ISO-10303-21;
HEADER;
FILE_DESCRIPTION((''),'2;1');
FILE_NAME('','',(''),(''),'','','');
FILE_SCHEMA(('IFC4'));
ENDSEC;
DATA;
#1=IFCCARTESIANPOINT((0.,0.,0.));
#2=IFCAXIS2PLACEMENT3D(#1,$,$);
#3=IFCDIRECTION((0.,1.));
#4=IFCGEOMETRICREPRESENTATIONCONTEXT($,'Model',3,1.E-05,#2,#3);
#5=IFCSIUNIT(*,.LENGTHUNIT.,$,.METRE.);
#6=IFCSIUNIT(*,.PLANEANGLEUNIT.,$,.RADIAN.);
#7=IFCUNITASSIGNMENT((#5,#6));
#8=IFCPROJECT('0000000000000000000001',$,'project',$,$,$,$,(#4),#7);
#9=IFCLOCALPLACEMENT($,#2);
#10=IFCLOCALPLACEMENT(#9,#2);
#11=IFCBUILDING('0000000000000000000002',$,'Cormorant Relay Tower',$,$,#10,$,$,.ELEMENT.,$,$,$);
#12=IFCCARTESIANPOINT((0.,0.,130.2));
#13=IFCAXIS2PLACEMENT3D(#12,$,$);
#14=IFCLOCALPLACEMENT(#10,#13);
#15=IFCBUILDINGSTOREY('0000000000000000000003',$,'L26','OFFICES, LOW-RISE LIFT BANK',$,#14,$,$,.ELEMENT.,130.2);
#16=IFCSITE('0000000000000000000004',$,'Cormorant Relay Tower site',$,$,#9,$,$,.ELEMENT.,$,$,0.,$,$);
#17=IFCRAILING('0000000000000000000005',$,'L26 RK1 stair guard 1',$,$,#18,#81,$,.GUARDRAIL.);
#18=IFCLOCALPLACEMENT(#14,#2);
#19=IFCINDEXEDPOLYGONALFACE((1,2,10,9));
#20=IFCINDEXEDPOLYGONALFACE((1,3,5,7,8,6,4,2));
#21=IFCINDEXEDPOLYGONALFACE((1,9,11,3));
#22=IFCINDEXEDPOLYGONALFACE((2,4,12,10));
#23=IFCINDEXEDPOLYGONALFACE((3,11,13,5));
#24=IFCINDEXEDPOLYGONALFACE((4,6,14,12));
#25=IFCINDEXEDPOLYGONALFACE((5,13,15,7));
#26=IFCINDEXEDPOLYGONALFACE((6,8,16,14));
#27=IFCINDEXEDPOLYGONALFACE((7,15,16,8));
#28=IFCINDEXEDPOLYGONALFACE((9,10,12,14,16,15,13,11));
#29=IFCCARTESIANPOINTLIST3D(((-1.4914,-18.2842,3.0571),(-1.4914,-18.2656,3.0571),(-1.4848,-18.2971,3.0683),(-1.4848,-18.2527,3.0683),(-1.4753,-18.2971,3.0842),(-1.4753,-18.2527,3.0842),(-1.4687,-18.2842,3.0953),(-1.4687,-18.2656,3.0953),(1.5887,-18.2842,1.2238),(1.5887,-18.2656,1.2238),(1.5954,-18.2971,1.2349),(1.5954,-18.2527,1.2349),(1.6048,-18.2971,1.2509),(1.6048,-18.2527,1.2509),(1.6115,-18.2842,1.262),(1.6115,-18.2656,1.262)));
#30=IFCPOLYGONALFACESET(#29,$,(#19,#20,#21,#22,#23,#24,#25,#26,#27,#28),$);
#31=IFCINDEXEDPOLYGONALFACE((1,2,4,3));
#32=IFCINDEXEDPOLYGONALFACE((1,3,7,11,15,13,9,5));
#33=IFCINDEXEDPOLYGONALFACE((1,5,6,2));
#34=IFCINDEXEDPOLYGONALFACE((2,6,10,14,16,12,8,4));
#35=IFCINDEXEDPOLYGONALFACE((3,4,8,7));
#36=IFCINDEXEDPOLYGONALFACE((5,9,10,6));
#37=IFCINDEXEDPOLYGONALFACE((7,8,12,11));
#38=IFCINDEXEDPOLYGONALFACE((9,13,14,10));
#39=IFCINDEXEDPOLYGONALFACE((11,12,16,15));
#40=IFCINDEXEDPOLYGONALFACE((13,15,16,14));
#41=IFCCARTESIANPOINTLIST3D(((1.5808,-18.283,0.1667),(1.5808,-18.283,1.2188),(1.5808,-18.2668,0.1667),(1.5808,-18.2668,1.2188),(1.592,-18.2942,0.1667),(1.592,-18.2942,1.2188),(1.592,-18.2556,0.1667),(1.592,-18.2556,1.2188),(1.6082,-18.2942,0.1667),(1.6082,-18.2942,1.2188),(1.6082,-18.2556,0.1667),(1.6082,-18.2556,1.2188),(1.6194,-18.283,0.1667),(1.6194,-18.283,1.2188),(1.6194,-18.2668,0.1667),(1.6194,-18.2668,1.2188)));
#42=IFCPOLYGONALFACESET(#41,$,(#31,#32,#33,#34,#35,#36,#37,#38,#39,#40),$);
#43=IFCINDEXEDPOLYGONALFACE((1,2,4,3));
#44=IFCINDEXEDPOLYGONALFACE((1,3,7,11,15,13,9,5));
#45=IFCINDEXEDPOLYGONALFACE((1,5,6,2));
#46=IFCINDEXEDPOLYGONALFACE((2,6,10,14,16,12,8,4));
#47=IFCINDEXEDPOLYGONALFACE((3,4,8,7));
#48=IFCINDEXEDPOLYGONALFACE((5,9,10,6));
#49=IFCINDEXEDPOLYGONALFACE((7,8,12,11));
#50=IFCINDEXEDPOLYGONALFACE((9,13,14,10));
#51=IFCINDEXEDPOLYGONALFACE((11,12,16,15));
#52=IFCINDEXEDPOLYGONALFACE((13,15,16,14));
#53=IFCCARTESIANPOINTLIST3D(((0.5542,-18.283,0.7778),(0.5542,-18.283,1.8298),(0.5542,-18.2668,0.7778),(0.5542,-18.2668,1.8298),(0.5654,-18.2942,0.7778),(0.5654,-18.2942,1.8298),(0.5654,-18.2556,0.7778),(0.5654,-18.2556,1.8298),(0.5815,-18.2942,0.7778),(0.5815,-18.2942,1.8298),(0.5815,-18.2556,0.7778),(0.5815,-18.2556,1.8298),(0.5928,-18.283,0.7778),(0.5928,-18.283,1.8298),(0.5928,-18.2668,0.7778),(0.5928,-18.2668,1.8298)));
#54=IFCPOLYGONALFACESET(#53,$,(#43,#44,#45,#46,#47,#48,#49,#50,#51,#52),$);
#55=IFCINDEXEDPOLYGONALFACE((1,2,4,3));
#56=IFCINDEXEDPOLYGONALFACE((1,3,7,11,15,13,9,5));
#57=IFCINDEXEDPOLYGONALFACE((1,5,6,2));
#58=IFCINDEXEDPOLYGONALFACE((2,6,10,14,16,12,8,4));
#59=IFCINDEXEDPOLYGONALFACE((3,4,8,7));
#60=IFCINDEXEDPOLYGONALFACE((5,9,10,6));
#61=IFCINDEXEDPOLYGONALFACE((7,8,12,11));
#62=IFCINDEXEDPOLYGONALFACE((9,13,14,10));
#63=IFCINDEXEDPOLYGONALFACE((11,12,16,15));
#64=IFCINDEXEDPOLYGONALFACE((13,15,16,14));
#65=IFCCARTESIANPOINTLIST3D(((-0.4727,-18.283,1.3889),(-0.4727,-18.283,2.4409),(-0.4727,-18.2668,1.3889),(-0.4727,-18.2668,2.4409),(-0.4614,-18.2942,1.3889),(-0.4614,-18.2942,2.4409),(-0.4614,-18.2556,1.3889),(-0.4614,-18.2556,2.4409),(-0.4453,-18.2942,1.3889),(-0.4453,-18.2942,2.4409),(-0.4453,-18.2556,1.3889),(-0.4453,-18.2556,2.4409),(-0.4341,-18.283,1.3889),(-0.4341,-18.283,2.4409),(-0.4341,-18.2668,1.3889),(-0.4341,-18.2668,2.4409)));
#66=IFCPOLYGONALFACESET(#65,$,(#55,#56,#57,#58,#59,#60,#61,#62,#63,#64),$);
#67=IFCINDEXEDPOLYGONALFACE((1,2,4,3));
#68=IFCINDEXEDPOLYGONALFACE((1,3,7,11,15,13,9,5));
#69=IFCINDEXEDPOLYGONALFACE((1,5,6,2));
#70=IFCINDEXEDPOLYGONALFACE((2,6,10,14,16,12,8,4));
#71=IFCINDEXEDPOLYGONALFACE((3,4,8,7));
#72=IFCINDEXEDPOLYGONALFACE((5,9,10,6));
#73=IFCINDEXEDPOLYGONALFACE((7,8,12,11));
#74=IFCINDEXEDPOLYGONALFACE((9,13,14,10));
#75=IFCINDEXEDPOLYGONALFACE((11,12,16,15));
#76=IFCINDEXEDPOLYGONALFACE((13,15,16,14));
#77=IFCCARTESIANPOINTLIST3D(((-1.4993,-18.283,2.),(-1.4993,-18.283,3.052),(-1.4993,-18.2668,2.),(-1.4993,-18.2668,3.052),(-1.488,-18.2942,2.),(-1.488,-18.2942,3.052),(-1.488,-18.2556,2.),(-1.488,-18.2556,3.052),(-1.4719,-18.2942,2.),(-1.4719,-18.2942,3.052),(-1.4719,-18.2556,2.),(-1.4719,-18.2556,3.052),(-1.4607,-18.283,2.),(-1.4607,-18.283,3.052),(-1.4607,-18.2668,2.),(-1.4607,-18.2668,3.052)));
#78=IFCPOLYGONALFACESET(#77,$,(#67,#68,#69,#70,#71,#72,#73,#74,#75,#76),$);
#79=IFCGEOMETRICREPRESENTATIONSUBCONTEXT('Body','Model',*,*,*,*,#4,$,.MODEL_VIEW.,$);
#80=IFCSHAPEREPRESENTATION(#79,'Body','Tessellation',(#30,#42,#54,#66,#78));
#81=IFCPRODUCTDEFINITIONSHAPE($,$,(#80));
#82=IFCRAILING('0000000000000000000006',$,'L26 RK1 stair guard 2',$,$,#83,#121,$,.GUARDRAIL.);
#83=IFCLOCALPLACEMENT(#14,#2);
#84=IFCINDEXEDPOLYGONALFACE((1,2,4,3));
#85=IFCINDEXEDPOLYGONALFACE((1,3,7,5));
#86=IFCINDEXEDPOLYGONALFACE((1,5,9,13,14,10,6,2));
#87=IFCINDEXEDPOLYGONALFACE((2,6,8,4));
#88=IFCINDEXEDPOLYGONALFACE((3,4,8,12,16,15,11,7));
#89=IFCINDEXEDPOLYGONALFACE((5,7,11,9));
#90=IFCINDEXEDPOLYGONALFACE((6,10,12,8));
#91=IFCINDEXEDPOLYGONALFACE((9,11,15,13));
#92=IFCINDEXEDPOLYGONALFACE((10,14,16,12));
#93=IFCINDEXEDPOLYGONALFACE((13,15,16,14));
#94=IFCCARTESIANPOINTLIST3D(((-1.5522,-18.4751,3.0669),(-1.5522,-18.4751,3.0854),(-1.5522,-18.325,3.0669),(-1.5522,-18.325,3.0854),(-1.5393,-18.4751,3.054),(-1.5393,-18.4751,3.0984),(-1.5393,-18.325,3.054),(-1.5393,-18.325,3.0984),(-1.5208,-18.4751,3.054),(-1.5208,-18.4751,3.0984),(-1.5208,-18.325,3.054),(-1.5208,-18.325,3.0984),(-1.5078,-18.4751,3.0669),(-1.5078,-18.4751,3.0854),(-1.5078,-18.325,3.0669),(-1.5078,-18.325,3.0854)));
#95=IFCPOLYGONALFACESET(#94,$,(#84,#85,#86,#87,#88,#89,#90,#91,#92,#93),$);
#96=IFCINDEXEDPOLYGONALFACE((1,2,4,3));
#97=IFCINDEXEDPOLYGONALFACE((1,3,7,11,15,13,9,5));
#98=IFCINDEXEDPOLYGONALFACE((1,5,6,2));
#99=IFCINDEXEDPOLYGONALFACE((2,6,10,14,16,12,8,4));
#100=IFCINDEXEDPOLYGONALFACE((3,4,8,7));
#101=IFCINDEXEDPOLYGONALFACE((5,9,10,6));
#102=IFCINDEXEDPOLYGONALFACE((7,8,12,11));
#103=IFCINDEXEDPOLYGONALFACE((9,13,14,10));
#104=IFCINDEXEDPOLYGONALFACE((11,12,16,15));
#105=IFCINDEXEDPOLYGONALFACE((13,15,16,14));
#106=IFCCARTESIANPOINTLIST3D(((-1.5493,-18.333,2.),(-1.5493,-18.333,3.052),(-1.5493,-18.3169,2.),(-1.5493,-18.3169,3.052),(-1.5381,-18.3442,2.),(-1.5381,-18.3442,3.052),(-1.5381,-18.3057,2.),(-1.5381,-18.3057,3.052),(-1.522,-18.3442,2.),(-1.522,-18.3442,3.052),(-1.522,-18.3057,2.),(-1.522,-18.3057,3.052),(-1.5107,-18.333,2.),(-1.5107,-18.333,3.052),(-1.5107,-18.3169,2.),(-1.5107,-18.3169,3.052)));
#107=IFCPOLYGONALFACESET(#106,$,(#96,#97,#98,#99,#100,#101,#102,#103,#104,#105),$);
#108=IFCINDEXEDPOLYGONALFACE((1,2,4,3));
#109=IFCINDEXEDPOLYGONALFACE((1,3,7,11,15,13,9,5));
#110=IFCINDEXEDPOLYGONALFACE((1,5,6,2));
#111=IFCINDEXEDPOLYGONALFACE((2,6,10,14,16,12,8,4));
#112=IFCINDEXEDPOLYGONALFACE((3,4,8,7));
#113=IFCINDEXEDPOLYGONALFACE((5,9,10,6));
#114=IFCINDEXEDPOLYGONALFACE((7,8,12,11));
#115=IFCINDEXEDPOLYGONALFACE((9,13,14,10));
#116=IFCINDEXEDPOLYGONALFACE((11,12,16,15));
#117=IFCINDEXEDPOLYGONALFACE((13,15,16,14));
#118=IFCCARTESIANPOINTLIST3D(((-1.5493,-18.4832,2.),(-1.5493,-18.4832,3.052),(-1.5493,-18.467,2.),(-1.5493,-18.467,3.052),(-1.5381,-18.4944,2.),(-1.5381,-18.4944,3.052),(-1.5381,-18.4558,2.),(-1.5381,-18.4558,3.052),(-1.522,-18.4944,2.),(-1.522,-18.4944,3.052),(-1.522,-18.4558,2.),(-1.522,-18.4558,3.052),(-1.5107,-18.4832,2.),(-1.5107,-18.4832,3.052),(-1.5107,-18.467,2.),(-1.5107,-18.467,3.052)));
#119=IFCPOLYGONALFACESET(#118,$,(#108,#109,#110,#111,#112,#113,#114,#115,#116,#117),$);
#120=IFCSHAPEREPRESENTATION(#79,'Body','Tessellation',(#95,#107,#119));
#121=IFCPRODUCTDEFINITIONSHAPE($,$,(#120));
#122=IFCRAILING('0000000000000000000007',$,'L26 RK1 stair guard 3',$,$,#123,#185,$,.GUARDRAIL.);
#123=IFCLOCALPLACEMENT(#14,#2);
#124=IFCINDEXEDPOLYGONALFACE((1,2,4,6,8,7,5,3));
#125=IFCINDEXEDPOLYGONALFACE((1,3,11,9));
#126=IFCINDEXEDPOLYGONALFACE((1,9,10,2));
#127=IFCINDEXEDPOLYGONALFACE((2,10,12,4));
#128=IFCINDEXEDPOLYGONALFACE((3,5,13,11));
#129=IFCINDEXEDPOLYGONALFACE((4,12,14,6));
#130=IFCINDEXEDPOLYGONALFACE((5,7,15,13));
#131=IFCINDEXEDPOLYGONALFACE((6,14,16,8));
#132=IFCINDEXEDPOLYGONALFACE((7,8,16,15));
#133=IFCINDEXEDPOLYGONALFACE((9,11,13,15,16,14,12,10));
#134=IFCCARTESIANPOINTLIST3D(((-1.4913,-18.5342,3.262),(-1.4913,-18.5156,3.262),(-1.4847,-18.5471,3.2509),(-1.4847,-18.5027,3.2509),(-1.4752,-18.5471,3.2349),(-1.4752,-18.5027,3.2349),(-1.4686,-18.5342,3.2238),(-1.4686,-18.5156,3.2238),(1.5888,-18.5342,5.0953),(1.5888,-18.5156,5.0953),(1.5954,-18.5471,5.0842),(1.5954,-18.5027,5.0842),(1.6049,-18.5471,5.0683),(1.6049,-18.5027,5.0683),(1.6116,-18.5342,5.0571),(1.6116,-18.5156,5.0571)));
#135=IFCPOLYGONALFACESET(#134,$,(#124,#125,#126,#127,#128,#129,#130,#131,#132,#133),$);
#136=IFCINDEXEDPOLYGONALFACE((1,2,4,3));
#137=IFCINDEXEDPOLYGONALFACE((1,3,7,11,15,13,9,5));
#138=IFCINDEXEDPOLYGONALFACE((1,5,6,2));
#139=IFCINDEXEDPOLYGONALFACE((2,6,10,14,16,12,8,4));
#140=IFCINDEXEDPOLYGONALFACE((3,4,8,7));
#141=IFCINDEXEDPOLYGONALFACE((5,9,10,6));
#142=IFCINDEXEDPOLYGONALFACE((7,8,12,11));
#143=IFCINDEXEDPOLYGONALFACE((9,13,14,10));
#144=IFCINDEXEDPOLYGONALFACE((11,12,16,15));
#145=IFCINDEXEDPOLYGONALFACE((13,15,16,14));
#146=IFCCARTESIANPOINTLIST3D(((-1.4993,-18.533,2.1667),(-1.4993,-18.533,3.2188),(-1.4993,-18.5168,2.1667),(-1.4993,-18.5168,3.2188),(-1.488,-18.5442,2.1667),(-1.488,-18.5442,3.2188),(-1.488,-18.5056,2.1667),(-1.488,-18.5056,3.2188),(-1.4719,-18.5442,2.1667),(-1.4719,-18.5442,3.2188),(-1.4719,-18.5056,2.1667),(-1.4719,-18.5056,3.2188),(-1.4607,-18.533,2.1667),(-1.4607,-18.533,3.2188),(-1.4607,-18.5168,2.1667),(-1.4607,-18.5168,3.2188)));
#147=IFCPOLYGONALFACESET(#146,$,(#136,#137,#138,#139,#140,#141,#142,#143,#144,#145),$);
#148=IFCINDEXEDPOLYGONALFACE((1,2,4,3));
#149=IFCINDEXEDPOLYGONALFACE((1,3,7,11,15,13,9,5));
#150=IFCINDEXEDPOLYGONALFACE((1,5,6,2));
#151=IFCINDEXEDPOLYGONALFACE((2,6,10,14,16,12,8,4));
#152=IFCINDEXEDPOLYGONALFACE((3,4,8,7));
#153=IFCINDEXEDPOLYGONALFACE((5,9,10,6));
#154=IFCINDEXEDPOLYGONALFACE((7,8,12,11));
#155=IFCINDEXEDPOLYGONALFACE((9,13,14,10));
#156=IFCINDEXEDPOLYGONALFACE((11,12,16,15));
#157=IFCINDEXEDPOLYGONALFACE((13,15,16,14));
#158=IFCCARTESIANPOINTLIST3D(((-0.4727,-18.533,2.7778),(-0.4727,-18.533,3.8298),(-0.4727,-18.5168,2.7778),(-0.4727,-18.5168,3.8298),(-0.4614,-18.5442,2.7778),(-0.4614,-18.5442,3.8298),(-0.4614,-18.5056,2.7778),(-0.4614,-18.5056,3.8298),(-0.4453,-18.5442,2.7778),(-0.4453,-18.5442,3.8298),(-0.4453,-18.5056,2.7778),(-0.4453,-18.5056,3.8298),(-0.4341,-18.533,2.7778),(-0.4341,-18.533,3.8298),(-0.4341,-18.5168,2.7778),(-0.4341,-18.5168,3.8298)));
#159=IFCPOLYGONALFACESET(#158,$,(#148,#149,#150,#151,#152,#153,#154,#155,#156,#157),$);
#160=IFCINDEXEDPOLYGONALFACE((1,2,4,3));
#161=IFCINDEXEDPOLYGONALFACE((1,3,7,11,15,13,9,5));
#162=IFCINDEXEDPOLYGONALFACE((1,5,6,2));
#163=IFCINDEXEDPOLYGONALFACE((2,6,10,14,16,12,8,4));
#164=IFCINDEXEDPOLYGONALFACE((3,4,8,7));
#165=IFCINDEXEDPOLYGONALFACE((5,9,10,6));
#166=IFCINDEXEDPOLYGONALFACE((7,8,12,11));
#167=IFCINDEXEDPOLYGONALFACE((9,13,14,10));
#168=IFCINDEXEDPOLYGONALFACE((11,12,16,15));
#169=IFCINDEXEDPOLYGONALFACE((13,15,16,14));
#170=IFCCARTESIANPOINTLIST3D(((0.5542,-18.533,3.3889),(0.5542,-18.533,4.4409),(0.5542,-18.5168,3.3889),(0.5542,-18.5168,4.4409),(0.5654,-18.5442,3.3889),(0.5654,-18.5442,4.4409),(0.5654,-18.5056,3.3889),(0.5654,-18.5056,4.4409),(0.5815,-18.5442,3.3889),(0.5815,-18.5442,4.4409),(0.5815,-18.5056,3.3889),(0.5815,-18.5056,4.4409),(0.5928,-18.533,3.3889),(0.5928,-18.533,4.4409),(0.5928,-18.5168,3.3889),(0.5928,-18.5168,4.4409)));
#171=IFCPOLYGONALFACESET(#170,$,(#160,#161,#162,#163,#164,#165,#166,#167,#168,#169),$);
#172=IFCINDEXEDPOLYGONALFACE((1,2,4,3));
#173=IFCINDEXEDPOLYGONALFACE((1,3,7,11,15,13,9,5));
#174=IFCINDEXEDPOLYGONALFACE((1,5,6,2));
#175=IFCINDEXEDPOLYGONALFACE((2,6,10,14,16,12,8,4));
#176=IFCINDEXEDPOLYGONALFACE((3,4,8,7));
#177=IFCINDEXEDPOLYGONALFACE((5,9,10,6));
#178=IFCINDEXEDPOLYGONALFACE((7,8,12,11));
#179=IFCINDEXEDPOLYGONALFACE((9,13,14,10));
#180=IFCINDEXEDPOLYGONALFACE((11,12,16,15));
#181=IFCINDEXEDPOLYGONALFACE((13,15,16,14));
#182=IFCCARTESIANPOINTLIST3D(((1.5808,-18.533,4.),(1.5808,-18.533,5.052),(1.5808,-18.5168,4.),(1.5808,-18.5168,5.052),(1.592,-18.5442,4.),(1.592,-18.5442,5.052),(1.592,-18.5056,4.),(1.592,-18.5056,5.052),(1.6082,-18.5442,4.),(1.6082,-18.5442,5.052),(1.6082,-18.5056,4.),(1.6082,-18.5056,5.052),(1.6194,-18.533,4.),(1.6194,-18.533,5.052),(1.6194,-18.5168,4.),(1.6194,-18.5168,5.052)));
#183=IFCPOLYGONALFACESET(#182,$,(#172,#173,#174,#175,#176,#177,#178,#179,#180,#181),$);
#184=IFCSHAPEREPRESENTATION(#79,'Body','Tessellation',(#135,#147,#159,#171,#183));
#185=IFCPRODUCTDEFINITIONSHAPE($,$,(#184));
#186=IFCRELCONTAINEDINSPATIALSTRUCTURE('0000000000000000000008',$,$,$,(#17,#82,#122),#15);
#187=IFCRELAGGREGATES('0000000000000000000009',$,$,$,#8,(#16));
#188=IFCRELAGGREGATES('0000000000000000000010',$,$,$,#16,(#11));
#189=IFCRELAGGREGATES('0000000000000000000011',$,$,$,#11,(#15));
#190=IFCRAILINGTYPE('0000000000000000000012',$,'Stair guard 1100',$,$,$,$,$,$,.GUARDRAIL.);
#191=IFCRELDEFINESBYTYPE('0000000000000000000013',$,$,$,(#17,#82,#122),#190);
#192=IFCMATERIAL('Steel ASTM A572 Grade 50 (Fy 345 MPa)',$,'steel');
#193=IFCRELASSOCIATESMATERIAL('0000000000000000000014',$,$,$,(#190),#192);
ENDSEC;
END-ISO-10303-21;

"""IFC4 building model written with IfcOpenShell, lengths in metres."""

from ifc_helpers import new_model, si_unit, direction, frame, origin, place, context, subcontext, project, spatial, polyline, outline, extrude, material, type_object, element, save


model = new_model("IFC4")

# Units and contexts
model_context = context("Model", 3, precision=1e-05, world=origin(), true_north=direction((0.0, 1.0)))
body_context = subcontext(model_context, "Body", "Model", "MODEL_VIEW")
ifc_project = project(units=[si_unit("LENGTHUNIT", "METRE"), si_unit("PLANEANGLEUNIT", "RADIAN")], contexts=[model_context])

# Site, building, storey
site_placement = place(None, origin())
site = spatial("IfcSite", under=ifc_project, at=site_placement, Name="Cormorant Relay Tower site", CompositionType="ELEMENT", RefElevation=0.0)
building_placement = place(site_placement, origin())
building = spatial("IfcBuilding", under=site, at=building_placement, Name="Cormorant Relay Tower", CompositionType="ELEMENT")
storey_placement = place(building_placement, frame((0.0, 0.0, 130.2)))
storey = spatial("IfcBuildingStorey", under=building, at=storey_placement, Name="L26", Description="OFFICES, LOW-RISE LIFT BANK", CompositionType="ELEMENT", Elevation=130.2)

# Railings
ifc_material_1 = material(Name="Steel ASTM A572 Grade 50 (Fy 345 MPa)", Category="steel")
railing_type_1 = type_object("IfcRailingType", Name="Stair guard 1100", PredefinedType="GUARDRAIL", material=ifc_material_1)
railing_1_placement = place(storey_placement, frame((1.6001, -18.2749, 0.1667)))
element("IfcRailing", 1, at=railing_1_placement, inside=storey, type_object=railing_type_1, Name="L26 RK1 stair guard 1", PredefinedType="GUARDRAIL", context=body_context, shape_type="SweptSolid", body=[
    extrude(outline(polyline([(0.0222, 0.0093), (0.0093, 0.0222), (-0.0093, 0.0222), (-0.0222, 0.0093), (-0.0222, -0.0093), (-0.0093, -0.0222), (0.0093, -0.0222), (0.0222, -0.0093), (0.0222, 0.0093)])), frame((0.0, 0.0, 1.0762), z_axis=(-0.859309, 0.0, 0.511458), x_axis=(0.0, -1.0, 0.0)), (0.0, 0.0, 1.0), 3.5845),
    extrude(outline(polyline([(0.0193, 0.0081), (0.0081, 0.0193), (-0.0081, 0.0193), (-0.0193, 0.0081), (-0.0193, -0.0081), (-0.0081, -0.0193), (0.0081, -0.0193), (0.0193, -0.0081), (0.0193, 0.0081)])), origin(), (0.0, 0.0, 1.0), 1.052),
    extrude(outline(polyline([(0.0193, 0.0081), (0.0081, 0.0193), (-0.0081, 0.0193), (-0.0193, 0.0081), (-0.0193, -0.0081), (-0.0081, -0.0193), (0.0081, -0.0193), (0.0193, -0.0081), (0.0193, 0.0081)])), frame((-1.0266, 0.0, 0.6111)), (0.0, 0.0, 1.0), 1.052),
    extrude(outline(polyline([(0.0193, 0.0081), (0.0081, 0.0193), (-0.0081, 0.0193), (-0.0193, 0.0081), (-0.0193, -0.0081), (-0.0081, -0.0193), (0.0081, -0.0193), (0.0193, -0.0081), (0.0193, 0.0081)])), frame((-2.0535, 0.0, 1.2222)), (0.0, 0.0, 1.0), 1.052),
    extrude(outline(polyline([(0.0193, 0.0081), (0.0081, 0.0193), (-0.0081, 0.0193), (-0.0193, 0.0081), (-0.0193, -0.0081), (-0.0081, -0.0193), (0.0081, -0.0193), (0.0193, -0.0081), (0.0193, 0.0081)])), frame((-3.0801, 0.0, 1.8333)), (0.0, 0.0, 1.0), 1.052),
])
railing_2_placement = place(storey_placement, frame((-1.53, -18.325, 2.0)))
element("IfcRailing", 2, at=railing_2_placement, inside=storey, type_object=railing_type_1, Name="L26 RK1 stair guard 2", PredefinedType="GUARDRAIL", context=body_context, shape_type="SweptSolid", body=[
    extrude(outline(polyline([(0.0222, 0.0093), (0.0093, 0.0222), (-0.0093, 0.0222), (-0.0222, 0.0093), (-0.0222, -0.0093), (-0.0093, -0.0222), (0.0093, -0.0222), (0.0222, -0.0093), (0.0222, 0.0093)])), frame((0.0, 0.0, 1.0762), z_axis=(0.0, -1.0, 0.0), x_axis=(1.0, 0.0, 0.0)), (0.0, 0.0, 1.0), 0.1501),
    extrude(outline(polyline([(0.0193, 0.0081), (0.0081, 0.0193), (-0.0081, 0.0193), (-0.0193, 0.0081), (-0.0193, -0.0081), (-0.0081, -0.0193), (0.0081, -0.0193), (0.0193, -0.0081), (0.0193, 0.0081)])), origin(), (0.0, 0.0, 1.0), 1.052),
    extrude(outline(polyline([(0.0193, 0.0081), (0.0081, 0.0193), (-0.0081, 0.0193), (-0.0193, 0.0081), (-0.0193, -0.0081), (-0.0081, -0.0193), (0.0081, -0.0193), (0.0193, -0.0081), (0.0193, 0.0081)])), frame((0.0, -0.1501, 0.0)), (0.0, 0.0, 1.0), 1.052),
])
railing_3_placement = place(storey_placement, frame((-1.48, -18.5249, 2.1667)))
element("IfcRailing", 3, at=railing_3_placement, inside=storey, type_object=railing_type_1, Name="L26 RK1 stair guard 3", PredefinedType="GUARDRAIL", context=body_context, shape_type="SweptSolid", body=[
    extrude(outline(polyline([(0.0222, 0.0093), (0.0093, 0.0222), (-0.0093, 0.0222), (-0.0222, 0.0093), (-0.0222, -0.0093), (-0.0093, -0.0222), (0.0093, -0.0222), (0.0222, -0.0093), (0.0222, 0.0093)])), frame((0.0, 0.0, 1.0762), z_axis=(0.859309, 0.0, 0.511458), x_axis=(0.0, 1.0, 0.0)), (0.0, 0.0, 1.0), 3.5845),
    extrude(outline(polyline([(0.0193, 0.0081), (0.0081, 0.0193), (-0.0081, 0.0193), (-0.0193, 0.0081), (-0.0193, -0.0081), (-0.0081, -0.0193), (0.0081, -0.0193), (0.0193, -0.0081), (0.0193, 0.0081)])), origin(), (0.0, 0.0, 1.0), 1.052),
    extrude(outline(polyline([(0.0193, 0.0081), (0.0081, 0.0193), (-0.0081, 0.0193), (-0.0193, 0.0081), (-0.0193, -0.0081), (-0.0081, -0.0193), (0.0081, -0.0193), (0.0193, -0.0081), (0.0193, 0.0081)])), frame((1.0266, 0.0, 0.6111)), (0.0, 0.0, 1.0), 1.052),
    extrude(outline(polyline([(0.0193, 0.0081), (0.0081, 0.0193), (-0.0081, 0.0193), (-0.0193, 0.0081), (-0.0193, -0.0081), (-0.0081, -0.0193), (0.0081, -0.0193), (0.0193, -0.0081), (0.0193, 0.0081)])), frame((2.0535, 0.0, 1.2222)), (0.0, 0.0, 1.0), 1.052),
    extrude(outline(polyline([(0.0193, 0.0081), (0.0081, 0.0193), (-0.0081, 0.0193), (-0.0193, 0.0081), (-0.0193, -0.0081), (-0.0081, -0.0193), (0.0081, -0.0193), (0.0193, -0.0081), (0.0193, 0.0081)])), frame((3.0801, 0.0, 1.8333)), (0.0, 0.0, 1.0), 1.052),
])

save(model, "model.ifc")
